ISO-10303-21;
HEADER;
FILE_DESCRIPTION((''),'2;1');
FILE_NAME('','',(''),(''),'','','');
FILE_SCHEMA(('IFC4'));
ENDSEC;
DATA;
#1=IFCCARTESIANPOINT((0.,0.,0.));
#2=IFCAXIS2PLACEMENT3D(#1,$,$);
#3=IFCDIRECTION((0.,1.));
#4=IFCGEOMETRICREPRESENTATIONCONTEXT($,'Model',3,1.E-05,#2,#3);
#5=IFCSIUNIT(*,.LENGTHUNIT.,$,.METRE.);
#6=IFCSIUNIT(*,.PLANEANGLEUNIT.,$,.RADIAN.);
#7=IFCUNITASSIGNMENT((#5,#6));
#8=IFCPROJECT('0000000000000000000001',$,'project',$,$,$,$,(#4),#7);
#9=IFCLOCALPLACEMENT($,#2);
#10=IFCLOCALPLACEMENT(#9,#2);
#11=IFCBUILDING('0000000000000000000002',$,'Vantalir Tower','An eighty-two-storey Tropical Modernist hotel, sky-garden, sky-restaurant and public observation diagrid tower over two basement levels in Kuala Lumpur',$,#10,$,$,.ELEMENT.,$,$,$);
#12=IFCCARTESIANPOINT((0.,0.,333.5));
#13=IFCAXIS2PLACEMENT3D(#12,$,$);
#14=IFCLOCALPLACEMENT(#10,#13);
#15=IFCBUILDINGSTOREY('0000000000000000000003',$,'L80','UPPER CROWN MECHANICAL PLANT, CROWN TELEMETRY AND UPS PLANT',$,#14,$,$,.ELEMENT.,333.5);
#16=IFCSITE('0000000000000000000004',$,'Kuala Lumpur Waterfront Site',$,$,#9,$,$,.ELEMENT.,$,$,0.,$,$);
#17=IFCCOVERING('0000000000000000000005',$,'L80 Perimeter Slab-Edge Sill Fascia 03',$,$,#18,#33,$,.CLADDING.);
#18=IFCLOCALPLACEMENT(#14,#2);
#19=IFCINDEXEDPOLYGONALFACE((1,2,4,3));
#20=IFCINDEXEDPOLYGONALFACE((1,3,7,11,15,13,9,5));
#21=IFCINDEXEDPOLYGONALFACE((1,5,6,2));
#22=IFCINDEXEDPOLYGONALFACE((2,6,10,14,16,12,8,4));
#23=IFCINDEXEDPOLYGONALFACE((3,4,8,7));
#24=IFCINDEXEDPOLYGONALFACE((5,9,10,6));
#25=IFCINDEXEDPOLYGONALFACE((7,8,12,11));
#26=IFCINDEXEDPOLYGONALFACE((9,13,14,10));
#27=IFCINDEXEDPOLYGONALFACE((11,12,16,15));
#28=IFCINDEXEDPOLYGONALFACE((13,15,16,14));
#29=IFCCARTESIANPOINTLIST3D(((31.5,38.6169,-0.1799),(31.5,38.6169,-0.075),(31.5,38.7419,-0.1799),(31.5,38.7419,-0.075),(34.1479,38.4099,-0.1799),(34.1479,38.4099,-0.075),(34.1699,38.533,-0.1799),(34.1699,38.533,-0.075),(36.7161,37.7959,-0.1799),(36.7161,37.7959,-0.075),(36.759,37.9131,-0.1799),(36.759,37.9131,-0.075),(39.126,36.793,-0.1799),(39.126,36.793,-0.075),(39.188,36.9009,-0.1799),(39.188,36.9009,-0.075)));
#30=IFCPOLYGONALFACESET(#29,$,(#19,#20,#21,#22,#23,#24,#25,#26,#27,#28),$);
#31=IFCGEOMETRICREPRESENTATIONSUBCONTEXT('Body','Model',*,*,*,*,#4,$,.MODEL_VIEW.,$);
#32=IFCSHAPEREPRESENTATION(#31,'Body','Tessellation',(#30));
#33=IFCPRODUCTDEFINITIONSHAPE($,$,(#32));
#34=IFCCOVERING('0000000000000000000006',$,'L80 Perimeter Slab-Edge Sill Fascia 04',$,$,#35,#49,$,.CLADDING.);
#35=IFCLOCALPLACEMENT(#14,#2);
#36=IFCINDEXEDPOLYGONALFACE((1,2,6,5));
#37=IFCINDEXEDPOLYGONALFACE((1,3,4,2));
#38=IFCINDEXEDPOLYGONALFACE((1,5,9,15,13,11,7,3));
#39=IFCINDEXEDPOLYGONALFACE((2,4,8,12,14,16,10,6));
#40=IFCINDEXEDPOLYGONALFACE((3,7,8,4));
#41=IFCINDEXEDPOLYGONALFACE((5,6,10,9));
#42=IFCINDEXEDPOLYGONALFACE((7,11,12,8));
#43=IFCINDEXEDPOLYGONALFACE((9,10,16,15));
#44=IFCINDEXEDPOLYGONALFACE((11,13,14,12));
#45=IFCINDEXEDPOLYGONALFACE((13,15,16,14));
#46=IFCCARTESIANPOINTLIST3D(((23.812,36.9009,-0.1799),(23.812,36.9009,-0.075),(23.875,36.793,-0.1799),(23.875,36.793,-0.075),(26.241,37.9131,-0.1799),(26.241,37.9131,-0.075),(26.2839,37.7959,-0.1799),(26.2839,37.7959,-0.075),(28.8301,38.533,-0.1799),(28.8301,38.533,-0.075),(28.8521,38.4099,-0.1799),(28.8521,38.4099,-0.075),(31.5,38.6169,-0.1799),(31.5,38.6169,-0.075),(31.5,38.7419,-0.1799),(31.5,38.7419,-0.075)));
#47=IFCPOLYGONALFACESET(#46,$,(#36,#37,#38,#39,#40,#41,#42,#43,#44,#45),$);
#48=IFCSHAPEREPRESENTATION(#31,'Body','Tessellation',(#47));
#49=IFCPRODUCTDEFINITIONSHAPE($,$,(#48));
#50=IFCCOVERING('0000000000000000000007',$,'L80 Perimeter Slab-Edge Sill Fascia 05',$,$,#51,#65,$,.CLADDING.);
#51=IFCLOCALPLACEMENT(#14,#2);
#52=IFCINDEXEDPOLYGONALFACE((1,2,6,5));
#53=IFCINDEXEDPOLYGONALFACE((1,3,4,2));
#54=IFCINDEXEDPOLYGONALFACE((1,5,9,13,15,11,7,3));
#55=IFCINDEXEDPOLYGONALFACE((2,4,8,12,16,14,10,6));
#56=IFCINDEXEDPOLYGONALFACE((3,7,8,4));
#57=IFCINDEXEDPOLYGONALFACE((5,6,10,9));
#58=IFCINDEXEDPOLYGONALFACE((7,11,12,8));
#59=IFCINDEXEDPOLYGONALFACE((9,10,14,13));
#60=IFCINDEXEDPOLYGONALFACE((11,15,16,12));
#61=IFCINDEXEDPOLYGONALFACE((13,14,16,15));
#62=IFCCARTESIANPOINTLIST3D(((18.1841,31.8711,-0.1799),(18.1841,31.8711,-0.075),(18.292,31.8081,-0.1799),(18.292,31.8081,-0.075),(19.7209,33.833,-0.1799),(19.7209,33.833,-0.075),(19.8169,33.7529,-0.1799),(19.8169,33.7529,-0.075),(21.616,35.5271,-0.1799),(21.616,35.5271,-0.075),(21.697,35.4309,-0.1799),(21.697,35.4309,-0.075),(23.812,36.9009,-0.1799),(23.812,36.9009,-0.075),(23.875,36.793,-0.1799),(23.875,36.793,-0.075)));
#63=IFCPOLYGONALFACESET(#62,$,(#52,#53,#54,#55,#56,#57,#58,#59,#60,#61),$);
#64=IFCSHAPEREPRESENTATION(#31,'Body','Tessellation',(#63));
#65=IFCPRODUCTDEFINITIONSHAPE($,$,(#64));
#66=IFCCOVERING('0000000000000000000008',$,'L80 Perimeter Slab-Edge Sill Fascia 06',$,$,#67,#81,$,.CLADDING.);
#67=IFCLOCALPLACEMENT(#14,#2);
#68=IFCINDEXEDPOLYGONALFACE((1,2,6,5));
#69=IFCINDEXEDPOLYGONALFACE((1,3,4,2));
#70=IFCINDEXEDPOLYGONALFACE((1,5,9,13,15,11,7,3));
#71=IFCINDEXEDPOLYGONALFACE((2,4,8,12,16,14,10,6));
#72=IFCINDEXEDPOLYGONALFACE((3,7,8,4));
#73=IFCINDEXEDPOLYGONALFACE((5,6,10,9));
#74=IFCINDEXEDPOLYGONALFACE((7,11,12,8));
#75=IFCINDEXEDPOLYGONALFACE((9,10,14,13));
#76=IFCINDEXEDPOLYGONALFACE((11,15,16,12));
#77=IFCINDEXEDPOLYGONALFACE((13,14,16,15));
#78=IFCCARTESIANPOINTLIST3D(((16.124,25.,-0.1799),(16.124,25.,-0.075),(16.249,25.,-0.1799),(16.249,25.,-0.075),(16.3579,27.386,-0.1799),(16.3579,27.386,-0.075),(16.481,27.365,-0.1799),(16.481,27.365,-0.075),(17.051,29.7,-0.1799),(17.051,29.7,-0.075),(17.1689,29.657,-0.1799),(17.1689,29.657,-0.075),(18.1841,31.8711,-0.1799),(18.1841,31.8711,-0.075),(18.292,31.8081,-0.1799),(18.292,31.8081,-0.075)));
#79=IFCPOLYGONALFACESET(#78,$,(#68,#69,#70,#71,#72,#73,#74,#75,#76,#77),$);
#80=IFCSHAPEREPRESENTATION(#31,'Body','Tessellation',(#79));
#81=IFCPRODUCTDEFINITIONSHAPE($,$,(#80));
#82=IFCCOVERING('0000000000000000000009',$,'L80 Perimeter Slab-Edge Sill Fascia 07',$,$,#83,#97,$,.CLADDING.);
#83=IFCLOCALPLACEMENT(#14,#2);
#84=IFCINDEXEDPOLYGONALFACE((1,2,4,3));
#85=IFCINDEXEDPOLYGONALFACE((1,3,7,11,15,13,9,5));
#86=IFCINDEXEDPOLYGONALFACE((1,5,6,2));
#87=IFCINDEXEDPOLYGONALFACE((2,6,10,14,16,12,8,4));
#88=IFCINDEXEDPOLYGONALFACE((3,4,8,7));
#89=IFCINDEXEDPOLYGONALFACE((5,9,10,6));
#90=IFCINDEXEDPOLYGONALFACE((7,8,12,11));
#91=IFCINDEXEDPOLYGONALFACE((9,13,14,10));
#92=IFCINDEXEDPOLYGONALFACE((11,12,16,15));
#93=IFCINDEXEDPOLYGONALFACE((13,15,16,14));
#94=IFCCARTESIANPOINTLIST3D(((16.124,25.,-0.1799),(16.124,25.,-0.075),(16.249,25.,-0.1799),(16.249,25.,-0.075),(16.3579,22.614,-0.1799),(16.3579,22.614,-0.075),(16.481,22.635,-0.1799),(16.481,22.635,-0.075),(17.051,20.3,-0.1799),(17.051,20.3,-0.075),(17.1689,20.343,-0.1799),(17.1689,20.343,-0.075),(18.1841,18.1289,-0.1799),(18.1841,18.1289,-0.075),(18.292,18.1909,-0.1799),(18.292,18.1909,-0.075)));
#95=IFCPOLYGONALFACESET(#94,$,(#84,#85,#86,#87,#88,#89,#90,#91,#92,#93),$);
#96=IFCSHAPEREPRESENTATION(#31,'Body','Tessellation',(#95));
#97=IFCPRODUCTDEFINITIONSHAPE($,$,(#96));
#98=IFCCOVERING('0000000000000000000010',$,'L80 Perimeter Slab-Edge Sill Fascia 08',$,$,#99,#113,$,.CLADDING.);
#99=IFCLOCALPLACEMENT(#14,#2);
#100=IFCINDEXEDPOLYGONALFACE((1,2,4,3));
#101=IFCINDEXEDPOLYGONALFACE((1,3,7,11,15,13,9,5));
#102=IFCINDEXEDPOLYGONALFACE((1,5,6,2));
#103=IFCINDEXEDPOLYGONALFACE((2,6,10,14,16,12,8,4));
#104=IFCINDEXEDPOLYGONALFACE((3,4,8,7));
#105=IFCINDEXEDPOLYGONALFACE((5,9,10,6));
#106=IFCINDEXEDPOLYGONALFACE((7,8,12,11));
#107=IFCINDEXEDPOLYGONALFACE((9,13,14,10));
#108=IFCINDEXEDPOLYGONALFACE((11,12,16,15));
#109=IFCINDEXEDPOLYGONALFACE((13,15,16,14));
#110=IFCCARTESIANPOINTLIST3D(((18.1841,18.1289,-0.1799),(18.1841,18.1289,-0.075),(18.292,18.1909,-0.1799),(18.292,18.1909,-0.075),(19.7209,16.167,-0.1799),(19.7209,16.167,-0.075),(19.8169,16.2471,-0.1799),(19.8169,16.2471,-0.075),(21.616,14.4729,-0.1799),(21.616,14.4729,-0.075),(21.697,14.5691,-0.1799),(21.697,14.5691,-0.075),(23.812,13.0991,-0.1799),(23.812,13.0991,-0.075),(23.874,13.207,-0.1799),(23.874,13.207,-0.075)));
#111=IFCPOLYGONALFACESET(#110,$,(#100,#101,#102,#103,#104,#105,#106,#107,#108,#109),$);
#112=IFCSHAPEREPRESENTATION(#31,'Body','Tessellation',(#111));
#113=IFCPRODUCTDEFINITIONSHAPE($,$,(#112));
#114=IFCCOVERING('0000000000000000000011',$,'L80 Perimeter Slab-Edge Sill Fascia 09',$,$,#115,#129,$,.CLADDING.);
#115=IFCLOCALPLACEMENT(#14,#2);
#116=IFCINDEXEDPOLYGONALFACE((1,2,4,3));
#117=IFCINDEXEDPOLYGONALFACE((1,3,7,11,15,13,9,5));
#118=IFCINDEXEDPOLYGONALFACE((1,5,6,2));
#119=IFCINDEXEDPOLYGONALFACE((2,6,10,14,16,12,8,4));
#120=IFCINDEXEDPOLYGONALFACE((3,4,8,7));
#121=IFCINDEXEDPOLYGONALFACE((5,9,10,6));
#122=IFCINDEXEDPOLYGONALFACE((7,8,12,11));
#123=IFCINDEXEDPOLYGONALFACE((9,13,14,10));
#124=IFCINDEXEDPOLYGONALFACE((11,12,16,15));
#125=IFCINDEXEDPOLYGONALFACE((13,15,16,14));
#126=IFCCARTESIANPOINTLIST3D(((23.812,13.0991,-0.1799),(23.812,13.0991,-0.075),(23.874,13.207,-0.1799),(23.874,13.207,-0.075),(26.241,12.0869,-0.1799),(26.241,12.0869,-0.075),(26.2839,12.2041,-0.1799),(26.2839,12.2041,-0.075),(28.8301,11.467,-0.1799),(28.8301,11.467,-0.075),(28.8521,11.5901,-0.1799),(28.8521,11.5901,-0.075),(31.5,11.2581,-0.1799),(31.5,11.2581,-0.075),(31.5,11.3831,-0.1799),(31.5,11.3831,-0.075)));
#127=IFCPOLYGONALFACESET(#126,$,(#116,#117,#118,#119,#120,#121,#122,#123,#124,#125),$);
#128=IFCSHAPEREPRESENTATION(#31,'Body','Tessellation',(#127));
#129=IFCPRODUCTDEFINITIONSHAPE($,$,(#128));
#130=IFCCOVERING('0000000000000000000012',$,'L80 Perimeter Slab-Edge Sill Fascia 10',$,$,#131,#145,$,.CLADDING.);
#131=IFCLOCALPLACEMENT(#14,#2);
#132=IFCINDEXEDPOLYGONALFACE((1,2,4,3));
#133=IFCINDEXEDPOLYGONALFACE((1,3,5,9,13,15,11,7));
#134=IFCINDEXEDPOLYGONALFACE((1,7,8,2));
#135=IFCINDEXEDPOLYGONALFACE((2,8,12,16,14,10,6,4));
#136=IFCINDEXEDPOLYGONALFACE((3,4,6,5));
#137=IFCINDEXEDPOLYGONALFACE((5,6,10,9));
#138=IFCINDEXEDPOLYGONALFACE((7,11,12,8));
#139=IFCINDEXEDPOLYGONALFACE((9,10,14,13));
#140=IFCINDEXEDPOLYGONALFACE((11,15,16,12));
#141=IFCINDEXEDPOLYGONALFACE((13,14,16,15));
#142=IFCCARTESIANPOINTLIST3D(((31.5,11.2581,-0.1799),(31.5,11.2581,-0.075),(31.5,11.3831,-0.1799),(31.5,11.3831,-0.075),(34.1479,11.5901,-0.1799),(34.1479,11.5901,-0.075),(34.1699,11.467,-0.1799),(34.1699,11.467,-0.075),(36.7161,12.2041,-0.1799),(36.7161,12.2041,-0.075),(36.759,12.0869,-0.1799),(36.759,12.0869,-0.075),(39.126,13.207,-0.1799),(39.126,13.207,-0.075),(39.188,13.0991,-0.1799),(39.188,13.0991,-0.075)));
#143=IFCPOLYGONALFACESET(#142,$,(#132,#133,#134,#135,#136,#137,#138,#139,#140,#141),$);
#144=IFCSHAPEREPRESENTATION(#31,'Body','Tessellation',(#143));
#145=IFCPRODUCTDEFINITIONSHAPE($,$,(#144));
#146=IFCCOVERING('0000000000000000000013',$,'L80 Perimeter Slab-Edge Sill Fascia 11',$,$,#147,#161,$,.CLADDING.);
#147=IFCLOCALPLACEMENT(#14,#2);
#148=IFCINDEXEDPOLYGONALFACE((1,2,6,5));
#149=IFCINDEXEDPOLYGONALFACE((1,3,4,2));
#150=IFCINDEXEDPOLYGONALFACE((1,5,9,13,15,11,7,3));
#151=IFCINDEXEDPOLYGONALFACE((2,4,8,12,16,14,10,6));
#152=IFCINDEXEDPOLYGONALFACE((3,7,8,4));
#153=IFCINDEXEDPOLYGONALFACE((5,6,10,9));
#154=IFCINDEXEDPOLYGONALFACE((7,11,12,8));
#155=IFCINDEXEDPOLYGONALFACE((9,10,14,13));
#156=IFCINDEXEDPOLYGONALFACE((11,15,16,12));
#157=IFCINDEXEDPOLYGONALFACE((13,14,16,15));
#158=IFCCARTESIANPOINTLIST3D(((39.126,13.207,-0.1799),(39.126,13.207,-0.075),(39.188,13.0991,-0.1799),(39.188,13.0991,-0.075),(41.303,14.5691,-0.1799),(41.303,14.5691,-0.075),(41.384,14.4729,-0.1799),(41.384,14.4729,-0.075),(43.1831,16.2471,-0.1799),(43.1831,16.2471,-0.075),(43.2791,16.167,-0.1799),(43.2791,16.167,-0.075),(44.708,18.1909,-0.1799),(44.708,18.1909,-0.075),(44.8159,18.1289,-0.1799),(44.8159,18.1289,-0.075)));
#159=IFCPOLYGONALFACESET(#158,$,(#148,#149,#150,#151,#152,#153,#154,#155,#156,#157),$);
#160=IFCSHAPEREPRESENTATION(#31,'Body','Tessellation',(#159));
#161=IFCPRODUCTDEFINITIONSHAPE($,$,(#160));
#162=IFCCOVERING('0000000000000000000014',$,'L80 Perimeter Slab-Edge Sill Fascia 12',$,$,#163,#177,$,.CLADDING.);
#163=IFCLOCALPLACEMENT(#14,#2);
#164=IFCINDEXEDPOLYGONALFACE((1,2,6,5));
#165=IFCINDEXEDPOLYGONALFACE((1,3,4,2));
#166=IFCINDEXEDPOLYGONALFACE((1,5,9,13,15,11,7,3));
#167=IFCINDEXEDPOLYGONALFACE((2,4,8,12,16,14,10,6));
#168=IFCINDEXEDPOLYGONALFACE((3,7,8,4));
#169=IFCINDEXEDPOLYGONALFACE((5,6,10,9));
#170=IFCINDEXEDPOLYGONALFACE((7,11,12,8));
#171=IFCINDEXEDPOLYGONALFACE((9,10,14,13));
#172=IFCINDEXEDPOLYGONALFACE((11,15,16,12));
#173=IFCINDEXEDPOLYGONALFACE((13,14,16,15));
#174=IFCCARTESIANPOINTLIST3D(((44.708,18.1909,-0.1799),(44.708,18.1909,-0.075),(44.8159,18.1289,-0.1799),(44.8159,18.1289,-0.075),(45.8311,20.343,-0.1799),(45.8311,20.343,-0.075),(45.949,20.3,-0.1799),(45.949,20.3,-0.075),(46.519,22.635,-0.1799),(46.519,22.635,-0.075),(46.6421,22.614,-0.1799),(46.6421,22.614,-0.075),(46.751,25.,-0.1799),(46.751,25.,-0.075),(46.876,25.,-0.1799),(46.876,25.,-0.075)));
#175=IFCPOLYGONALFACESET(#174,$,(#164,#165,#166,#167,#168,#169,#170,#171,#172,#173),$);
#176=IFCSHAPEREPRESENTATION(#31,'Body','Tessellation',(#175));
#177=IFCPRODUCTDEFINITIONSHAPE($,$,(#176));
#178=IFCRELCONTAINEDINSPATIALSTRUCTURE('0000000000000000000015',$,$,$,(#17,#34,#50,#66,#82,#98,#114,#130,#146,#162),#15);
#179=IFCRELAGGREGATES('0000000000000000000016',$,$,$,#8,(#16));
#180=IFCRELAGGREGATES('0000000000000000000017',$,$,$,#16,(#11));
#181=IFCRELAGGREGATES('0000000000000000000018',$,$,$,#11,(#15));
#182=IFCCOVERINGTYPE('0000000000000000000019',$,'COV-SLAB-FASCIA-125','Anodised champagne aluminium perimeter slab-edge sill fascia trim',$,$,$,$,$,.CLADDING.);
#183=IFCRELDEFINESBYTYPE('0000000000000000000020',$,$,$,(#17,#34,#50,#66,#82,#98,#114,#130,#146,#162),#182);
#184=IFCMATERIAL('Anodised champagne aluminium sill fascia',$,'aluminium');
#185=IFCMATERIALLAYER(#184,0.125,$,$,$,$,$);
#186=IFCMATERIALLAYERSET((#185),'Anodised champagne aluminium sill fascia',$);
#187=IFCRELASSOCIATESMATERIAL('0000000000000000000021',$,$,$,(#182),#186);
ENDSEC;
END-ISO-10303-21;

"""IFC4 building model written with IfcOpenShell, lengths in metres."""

from ifc_helpers import new_model, si_unit, direction, frame, origin, place, context, subcontext, project, spatial, polyline, outline, extrude, material, layer, layer_set, type_object, element, save


model = new_model("IFC4")

# Units and contexts
model_context = context("Model", 3, precision=1e-05, world=origin(), true_north=direction((0.0, 1.0)))
body_context = subcontext(model_context, "Body", "Model", "MODEL_VIEW")
ifc_project = project(units=[si_unit("LENGTHUNIT", "METRE"), si_unit("PLANEANGLEUNIT", "RADIAN")], contexts=[model_context])

# Site, building, storey
site_placement = place(None, origin())
site = spatial("IfcSite", under=ifc_project, at=site_placement, Name="Kuala Lumpur Waterfront Site", CompositionType="ELEMENT", RefElevation=0.0)
building_placement = place(site_placement, origin())
building = spatial("IfcBuilding", under=site, at=building_placement, Name="Vantalir Tower", Description="An eighty-two-storey Tropical Modernist hotel, sky-garden, sky-restaurant and public observation diagrid tower over two basement levels in Kuala Lumpur", CompositionType="ELEMENT")
storey_placement = place(building_placement, frame((0.0, 0.0, 333.5)))
storey = spatial("IfcBuildingStorey", under=building, at=storey_placement, Name="L80", Description="UPPER CROWN MECHANICAL PLANT, CROWN TELEMETRY AND UPS PLANT", CompositionType="ELEMENT", Elevation=333.5)

# Coverings
ifc_material_1 = material(Name="Anodised champagne aluminium sill fascia", Category="aluminium")
ifc_layer_1 = layer(ifc_material_1, 0.125)
ifc_layer_set_1 = layer_set([ifc_layer_1], Name="Anodised champagne aluminium sill fascia")
covering_type = type_object("IfcCoveringType", Name="COV-SLAB-FASCIA-125", Description="Anodised champagne aluminium perimeter slab-edge sill fascia trim", PredefinedType="CLADDING", material=ifc_layer_set_1)
covering_1_placement = place(storey_placement, frame((0.0, 0.0, -0.1799)))
element("IfcCovering", 1, at=covering_1_placement, inside=storey, type_object=covering_type, Name="L80 Perimeter Slab-Edge Sill Fascia 03", PredefinedType="CLADDING", context=body_context, shape_type="SweptSolid", body=[
    extrude(outline(polyline([(39.188, 36.9009), (36.759, 37.9131), (34.1699, 38.533), (31.5, 38.7419), (31.5, 38.6169), (34.1479, 38.4099), (36.7161, 37.7959), (39.126, 36.793), (39.188, 36.9009)])), origin(), (0.0, 0.0, 1.0), 0.105),
])
covering_2_placement = place(storey_placement, frame((0.0, 0.0, -0.1799)))
element("IfcCovering", 2, at=covering_2_placement, inside=storey, type_object=covering_type, Name="L80 Perimeter Slab-Edge Sill Fascia 04", PredefinedType="CLADDING", context=body_context, shape_type="SweptSolid", body=[
    extrude(outline(polyline([(31.5, 38.7419), (28.8301, 38.533), (26.241, 37.9131), (23.812, 36.9009), (23.875, 36.793), (26.2839, 37.7959), (28.8521, 38.4099), (31.5, 38.6169), (31.5, 38.7419)])), origin(), (0.0, 0.0, 1.0), 0.105),
])
covering_3_placement = place(storey_placement, frame((0.0, 0.0, -0.1799)))
element("IfcCovering", 3, at=covering_3_placement, inside=storey, type_object=covering_type, Name="L80 Perimeter Slab-Edge Sill Fascia 05", PredefinedType="CLADDING", context=body_context, shape_type="SweptSolid", body=[
    extrude(outline(polyline([(23.812, 36.9009), (21.616, 35.5271), (19.7209, 33.833), (18.1841, 31.8711), (18.292, 31.8081), (19.8169, 33.7529), (21.697, 35.4309), (23.875, 36.793), (23.812, 36.9009)])), origin(), (0.0, 0.0, 1.0), 0.105),
])
covering_4_placement = place(storey_placement, frame((0.0, 0.0, -0.1799)))
element("IfcCovering", 4, at=covering_4_placement, inside=storey, type_object=covering_type, Name="L80 Perimeter Slab-Edge Sill Fascia 06", PredefinedType="CLADDING", context=body_context, shape_type="SweptSolid", body=[
    extrude(outline(polyline([(18.1841, 31.8711), (17.051, 29.7), (16.3579, 27.386), (16.124, 25.0), (16.249, 25.0), (16.481, 27.365), (17.1689, 29.657), (18.292, 31.8081), (18.1841, 31.8711)])), origin(), (0.0, 0.0, 1.0), 0.105),
])
covering_5_placement = place(storey_placement, frame((0.0, 0.0, -0.1799)))
element("IfcCovering", 5, at=covering_5_placement, inside=storey, type_object=covering_type, Name="L80 Perimeter Slab-Edge Sill Fascia 07", PredefinedType="CLADDING", context=body_context, shape_type="SweptSolid", body=[
    extrude(outline(polyline([(16.124, 25.0), (16.3579, 22.614), (17.051, 20.3), (18.1841, 18.1289), (18.292, 18.1909), (17.1689, 20.343), (16.481, 22.635), (16.249, 25.0), (16.124, 25.0)])), origin(), (0.0, 0.0, 1.0), 0.105),
])
covering_6_placement = place(storey_placement, frame((0.0, 0.0, -0.1799)))
element("IfcCovering", 6, at=covering_6_placement, inside=storey, type_object=covering_type, Name="L80 Perimeter Slab-Edge Sill Fascia 08", PredefinedType="CLADDING", context=body_context, shape_type="SweptSolid", body=[
    extrude(outline(polyline([(18.1841, 18.1289), (19.7209, 16.167), (21.616, 14.4729), (23.812, 13.0991), (23.874, 13.207), (21.697, 14.5691), (19.8169, 16.2471), (18.292, 18.1909), (18.1841, 18.1289)])), origin(), (0.0, 0.0, 1.0), 0.105),
])
covering_7_placement = place(storey_placement, frame((0.0, 0.0, -0.1799)))
element("IfcCovering", 7, at=covering_7_placement, inside=storey, type_object=covering_type, Name="L80 Perimeter Slab-Edge Sill Fascia 09", PredefinedType="CLADDING", context=body_context, shape_type="SweptSolid", body=[
    extrude(outline(polyline([(23.812, 13.0991), (26.241, 12.0869), (28.8301, 11.467), (31.5, 11.2581), (31.5, 11.3831), (28.8521, 11.5901), (26.2839, 12.2041), (23.874, 13.207), (23.812, 13.0991)])), origin(), (0.0, 0.0, 1.0), 0.105),
])
covering_8_placement = place(storey_placement, frame((0.0, 0.0, -0.1799)))
element("IfcCovering", 8, at=covering_8_placement, inside=storey, type_object=covering_type, Name="L80 Perimeter Slab-Edge Sill Fascia 10", PredefinedType="CLADDING", context=body_context, shape_type="SweptSolid", body=[
    extrude(outline(polyline([(31.5, 11.2581), (34.1699, 11.467), (36.759, 12.0869), (39.188, 13.0991), (39.126, 13.207), (36.7161, 12.2041), (34.1479, 11.5901), (31.5, 11.3831), (31.5, 11.2581)])), origin(), (0.0, 0.0, 1.0), 0.105),
])
covering_9_placement = place(storey_placement, frame((0.0, 0.0, -0.1799)))
element("IfcCovering", 9, at=covering_9_placement, inside=storey, type_object=covering_type, Name="L80 Perimeter Slab-Edge Sill Fascia 11", PredefinedType="CLADDING", context=body_context, shape_type="SweptSolid", body=[
    extrude(outline(polyline([(39.188, 13.0991), (41.384, 14.4729), (43.2791, 16.167), (44.8159, 18.1289), (44.708, 18.1909), (43.1831, 16.2471), (41.303, 14.5691), (39.126, 13.207), (39.188, 13.0991)])), origin(), (0.0, 0.0, 1.0), 0.105),
])
covering_10_placement = place(storey_placement, frame((0.0, 0.0, -0.1799)))
element("IfcCovering", 10, at=covering_10_placement, inside=storey, type_object=covering_type, Name="L80 Perimeter Slab-Edge Sill Fascia 12", PredefinedType="CLADDING", context=body_context, shape_type="SweptSolid", body=[
    extrude(outline(polyline([(44.8159, 18.1289), (45.949, 20.3), (46.6421, 22.614), (46.876, 25.0), (46.751, 25.0), (46.519, 22.635), (45.8311, 20.343), (44.708, 18.1909), (44.8159, 18.1289)])), origin(), (0.0, 0.0, 1.0), 0.105),
])

save(model, "model.ifc")
